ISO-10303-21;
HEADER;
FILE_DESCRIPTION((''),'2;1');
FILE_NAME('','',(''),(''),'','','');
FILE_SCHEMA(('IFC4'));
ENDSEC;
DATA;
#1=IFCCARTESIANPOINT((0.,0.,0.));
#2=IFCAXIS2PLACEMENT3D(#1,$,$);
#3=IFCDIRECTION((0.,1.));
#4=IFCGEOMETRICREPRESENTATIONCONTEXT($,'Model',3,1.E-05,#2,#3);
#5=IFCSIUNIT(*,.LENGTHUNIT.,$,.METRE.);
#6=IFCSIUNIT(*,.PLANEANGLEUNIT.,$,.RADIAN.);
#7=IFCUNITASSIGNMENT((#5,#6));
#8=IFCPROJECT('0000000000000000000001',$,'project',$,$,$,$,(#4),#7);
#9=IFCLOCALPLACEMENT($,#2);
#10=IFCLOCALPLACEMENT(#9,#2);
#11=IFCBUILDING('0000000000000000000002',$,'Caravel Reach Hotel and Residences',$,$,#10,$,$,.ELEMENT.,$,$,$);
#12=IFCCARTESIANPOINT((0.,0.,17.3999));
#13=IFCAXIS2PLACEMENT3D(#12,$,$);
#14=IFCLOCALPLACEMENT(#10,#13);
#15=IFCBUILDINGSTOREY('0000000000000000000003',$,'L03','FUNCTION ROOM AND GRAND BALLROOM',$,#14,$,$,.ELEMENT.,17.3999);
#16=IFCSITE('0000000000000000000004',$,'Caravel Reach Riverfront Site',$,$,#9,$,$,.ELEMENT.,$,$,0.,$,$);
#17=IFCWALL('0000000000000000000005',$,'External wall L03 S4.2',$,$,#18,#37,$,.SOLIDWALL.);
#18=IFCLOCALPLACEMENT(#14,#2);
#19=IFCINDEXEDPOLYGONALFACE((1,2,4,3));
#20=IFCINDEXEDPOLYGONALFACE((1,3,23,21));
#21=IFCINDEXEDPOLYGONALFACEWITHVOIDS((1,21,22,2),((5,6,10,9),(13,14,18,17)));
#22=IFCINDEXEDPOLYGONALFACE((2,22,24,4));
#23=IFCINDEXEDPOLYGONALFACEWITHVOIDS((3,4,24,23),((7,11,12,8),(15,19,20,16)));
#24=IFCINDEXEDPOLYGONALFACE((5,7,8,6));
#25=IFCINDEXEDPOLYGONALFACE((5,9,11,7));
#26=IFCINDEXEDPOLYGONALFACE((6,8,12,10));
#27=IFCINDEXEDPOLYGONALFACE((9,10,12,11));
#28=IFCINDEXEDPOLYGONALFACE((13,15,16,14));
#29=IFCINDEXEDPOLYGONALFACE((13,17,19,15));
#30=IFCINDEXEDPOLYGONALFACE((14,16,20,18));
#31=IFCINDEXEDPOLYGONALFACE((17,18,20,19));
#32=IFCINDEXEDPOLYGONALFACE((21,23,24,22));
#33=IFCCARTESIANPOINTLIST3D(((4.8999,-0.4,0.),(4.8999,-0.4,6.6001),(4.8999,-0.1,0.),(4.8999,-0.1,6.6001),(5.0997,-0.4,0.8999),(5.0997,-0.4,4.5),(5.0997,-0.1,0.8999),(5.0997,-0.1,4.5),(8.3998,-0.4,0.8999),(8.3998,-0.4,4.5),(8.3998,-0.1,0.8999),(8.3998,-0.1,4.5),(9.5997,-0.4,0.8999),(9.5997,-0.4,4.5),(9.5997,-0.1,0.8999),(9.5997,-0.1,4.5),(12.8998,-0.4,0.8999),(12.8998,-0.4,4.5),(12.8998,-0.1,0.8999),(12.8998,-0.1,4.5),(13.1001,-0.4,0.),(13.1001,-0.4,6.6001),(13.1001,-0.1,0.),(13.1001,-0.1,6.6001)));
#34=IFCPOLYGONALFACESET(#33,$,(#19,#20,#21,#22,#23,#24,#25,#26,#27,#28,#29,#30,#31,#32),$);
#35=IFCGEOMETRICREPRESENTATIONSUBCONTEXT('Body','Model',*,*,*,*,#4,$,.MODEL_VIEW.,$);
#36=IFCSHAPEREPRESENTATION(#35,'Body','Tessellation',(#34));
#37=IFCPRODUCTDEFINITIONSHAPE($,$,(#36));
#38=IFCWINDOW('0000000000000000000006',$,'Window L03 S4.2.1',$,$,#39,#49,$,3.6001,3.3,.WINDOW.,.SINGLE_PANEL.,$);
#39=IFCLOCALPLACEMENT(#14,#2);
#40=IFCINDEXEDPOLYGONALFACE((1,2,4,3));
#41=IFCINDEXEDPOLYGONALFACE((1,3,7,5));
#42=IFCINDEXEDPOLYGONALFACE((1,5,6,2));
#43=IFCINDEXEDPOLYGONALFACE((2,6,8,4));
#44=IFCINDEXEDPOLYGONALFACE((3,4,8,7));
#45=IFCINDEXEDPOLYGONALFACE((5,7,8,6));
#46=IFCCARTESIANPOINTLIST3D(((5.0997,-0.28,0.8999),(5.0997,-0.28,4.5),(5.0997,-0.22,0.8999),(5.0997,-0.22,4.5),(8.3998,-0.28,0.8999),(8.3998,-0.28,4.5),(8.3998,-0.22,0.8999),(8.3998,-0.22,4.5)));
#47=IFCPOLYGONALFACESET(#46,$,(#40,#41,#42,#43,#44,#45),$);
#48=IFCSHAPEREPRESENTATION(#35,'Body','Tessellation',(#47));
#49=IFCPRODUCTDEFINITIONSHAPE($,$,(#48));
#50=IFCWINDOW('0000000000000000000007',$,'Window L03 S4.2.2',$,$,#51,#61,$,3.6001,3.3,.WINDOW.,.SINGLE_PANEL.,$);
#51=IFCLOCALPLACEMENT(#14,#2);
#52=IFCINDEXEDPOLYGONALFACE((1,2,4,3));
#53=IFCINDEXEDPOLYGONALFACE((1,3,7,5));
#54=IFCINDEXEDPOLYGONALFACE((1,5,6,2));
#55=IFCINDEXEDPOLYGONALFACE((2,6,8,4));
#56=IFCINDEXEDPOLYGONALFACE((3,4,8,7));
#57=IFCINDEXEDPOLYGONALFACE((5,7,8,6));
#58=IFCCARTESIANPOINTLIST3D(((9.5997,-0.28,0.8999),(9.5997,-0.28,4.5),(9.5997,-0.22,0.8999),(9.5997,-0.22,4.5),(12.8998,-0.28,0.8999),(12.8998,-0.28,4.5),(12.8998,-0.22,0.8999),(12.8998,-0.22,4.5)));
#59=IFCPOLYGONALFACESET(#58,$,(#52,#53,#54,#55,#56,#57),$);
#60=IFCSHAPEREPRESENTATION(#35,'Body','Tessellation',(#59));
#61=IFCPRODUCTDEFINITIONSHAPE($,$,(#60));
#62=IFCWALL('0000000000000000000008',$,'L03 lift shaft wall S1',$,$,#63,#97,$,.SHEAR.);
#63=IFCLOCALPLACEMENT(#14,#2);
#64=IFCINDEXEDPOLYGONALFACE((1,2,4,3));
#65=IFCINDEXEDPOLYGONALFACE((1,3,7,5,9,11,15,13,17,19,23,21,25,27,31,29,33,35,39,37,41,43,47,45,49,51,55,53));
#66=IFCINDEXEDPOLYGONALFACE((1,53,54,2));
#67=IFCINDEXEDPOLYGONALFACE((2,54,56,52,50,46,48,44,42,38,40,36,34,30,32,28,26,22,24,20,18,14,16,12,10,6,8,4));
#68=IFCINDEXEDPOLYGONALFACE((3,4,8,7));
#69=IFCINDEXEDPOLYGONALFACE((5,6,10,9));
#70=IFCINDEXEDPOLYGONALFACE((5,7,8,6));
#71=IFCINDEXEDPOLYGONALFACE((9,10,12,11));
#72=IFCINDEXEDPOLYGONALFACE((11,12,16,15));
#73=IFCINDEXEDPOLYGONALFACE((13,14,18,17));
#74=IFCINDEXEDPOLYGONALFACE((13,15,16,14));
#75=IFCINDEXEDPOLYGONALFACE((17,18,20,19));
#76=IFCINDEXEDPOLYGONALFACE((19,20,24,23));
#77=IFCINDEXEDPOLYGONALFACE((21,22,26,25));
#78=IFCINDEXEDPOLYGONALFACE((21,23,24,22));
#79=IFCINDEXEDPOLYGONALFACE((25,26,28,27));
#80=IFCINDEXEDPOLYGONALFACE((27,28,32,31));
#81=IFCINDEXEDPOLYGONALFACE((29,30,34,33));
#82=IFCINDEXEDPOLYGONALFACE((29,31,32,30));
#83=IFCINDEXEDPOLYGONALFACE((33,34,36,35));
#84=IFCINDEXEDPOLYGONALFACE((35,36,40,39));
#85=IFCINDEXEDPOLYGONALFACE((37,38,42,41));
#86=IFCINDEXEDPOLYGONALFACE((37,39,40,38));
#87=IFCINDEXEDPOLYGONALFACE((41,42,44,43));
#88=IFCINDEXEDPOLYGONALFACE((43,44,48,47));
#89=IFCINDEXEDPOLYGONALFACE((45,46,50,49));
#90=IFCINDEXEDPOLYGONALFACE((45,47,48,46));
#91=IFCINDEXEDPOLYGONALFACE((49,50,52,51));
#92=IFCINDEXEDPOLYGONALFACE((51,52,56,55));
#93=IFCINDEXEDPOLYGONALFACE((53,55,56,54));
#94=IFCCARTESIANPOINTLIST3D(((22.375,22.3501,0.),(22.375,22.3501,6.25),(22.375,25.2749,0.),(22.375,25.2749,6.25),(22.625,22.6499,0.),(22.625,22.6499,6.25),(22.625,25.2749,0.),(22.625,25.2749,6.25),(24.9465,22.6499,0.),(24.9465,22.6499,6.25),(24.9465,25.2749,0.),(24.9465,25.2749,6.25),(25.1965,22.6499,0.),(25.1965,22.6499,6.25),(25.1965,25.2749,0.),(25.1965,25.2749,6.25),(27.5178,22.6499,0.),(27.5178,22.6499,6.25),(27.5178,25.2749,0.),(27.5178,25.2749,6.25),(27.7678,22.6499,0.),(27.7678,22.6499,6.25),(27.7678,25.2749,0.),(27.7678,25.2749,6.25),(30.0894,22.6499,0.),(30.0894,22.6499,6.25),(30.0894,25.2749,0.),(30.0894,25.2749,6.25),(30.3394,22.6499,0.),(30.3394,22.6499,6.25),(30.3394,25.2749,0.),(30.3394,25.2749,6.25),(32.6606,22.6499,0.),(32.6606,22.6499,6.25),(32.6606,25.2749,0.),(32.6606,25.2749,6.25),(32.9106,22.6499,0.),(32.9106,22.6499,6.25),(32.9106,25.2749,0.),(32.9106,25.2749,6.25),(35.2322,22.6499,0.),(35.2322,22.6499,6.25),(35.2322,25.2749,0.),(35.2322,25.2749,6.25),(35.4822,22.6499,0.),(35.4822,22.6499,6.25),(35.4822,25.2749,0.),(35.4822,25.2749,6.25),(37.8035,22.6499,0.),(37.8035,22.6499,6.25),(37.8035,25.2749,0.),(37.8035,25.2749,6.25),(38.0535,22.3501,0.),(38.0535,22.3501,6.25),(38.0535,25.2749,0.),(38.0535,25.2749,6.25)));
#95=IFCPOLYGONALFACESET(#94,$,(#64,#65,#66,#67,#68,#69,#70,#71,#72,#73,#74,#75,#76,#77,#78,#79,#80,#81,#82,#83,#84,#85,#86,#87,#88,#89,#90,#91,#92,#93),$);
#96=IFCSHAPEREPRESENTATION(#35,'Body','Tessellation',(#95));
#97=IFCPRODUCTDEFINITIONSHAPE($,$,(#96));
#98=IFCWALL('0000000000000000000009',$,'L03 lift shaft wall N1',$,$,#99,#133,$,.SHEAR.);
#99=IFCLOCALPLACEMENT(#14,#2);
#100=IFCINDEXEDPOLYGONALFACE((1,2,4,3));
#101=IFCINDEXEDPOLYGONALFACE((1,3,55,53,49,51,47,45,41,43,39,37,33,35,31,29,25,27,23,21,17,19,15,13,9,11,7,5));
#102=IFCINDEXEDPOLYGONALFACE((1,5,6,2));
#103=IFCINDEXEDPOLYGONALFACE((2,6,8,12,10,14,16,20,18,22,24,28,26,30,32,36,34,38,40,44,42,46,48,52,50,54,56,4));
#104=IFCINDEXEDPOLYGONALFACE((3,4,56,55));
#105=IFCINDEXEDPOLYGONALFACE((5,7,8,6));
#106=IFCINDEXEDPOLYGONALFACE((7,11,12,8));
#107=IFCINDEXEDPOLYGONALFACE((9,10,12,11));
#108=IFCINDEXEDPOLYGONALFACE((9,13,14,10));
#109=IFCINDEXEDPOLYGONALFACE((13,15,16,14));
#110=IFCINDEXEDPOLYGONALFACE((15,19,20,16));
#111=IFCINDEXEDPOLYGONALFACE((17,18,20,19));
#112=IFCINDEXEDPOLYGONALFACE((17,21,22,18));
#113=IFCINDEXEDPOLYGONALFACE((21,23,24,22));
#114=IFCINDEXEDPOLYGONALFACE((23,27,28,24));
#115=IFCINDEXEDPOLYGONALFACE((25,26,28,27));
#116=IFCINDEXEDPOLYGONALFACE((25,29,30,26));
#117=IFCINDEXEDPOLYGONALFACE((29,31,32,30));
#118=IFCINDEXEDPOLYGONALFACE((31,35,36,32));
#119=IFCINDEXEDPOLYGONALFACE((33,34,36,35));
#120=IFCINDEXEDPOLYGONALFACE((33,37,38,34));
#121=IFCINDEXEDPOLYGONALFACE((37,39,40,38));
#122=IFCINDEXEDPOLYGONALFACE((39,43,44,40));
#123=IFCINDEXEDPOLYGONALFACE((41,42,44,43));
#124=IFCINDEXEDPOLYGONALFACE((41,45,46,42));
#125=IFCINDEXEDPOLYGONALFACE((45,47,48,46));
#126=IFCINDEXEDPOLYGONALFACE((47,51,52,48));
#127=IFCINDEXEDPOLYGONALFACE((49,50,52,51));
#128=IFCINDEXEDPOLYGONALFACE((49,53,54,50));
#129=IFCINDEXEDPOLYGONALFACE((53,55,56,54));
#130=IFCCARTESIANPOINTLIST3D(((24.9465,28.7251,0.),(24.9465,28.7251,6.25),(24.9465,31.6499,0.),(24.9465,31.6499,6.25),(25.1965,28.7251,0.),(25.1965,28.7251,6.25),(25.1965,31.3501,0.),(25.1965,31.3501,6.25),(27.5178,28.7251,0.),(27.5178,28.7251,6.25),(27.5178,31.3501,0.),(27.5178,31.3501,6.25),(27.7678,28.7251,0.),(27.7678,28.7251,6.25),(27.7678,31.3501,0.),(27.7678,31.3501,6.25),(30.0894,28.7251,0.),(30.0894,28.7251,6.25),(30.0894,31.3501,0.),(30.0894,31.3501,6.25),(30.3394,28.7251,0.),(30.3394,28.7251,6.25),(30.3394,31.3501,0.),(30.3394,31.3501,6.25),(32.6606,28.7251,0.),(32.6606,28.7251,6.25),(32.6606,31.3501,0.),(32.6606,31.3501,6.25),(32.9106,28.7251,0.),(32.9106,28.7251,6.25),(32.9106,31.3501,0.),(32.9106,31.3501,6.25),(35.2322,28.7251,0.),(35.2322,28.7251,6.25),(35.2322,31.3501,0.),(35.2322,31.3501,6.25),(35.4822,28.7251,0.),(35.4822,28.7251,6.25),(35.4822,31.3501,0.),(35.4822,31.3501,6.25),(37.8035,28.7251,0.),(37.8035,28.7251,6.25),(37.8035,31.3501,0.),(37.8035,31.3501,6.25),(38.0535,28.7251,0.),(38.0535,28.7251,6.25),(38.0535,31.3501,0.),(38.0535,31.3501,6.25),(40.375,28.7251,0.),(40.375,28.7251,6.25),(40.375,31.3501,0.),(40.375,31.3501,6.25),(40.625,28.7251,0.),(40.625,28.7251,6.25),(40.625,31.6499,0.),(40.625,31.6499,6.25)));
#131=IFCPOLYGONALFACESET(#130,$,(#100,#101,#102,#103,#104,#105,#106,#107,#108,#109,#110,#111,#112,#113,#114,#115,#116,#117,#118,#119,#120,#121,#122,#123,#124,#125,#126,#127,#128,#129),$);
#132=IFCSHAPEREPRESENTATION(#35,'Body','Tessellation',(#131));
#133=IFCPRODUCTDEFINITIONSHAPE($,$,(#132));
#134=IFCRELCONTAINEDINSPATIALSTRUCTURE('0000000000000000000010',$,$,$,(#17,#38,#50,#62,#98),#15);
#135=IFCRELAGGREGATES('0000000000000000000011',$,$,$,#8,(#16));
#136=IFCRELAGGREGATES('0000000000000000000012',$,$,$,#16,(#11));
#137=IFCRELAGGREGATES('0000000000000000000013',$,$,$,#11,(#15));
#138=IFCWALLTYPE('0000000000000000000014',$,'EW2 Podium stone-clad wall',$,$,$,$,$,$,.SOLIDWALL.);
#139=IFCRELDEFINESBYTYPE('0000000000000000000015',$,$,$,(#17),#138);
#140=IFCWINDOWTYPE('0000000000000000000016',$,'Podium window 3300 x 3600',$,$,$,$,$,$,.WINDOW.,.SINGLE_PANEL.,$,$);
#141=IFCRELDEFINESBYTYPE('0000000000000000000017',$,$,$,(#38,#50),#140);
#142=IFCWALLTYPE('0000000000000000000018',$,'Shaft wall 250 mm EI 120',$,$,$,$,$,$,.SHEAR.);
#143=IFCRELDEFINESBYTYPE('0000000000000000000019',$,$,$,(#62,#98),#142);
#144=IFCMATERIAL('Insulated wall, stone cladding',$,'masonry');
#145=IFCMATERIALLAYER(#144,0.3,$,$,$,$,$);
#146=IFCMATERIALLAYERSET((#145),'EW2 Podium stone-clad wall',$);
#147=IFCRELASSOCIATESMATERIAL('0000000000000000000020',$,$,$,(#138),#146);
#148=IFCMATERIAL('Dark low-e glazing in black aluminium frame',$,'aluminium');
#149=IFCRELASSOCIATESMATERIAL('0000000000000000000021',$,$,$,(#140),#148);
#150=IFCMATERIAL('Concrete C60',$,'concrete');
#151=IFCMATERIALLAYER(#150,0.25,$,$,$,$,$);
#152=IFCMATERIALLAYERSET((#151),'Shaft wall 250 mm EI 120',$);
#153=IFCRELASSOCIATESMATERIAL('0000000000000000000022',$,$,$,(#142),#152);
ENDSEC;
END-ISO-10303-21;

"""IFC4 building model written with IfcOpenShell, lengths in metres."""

from ifc_helpers import new_model, si_unit, direction, frame, frame_2d, origin, place, context, subcontext, project, spatial, polyline, rectangle, outline, extrude, material, layer, layer_set, type_object, element, fill, save


model = new_model("IFC4")

# Units and contexts
model_context = context("Model", 3, precision=1e-05, world=origin(), true_north=direction((0.0, 1.0)))
body_context = subcontext(model_context, "Body", "Model", "MODEL_VIEW")
ifc_project = project(units=[si_unit("LENGTHUNIT", "METRE"), si_unit("PLANEANGLEUNIT", "RADIAN")], contexts=[model_context])

# Site, building, storey
site_placement = place(None, origin())
site = spatial("IfcSite", under=ifc_project, at=site_placement, Name="Caravel Reach Riverfront Site", CompositionType="ELEMENT", RefElevation=0.0)
building_placement = place(site_placement, origin())
building = spatial("IfcBuilding", under=site, at=building_placement, Name="Caravel Reach Hotel and Residences", CompositionType="ELEMENT")
storey_placement = place(building_placement, frame((0.0, 0.0, 17.3999)))
storey = spatial("IfcBuildingStorey", under=building, at=storey_placement, Name="L03", Description="FUNCTION ROOM AND GRAND BALLROOM", CompositionType="ELEMENT", Elevation=17.3999)

# Wall, openings, windows
ifc_material_1 = material(Name="Insulated wall, stone cladding", Category="masonry")
ifc_layer_1 = layer(ifc_material_1, 0.3)
ifc_layer_set_1 = layer_set([ifc_layer_1], Name="EW2 Podium stone-clad wall")
wall_type_1 = type_object("IfcWallType", Name="EW2 Podium stone-clad wall", PredefinedType="SOLIDWALL", material=ifc_layer_set_1)
ifc_material_2 = material(Name="Dark low-e glazing in black aluminium frame", Category="aluminium")
window_type = type_object("IfcWindowType", Name="Podium window 3300 x 3600", PartitioningType="SINGLE_PANEL", PredefinedType="WINDOW", material=ifc_material_2)
wall_1_placement = place(storey_placement, frame((4.8999, -0.25, 0.0), z_axis=(0.0, 0.0, 1.0), x_axis=(1.0, 0.0, 0.0)))
wall_1 = element("IfcWall", 1, at=wall_1_placement, inside=storey, type_object=wall_type_1, Name="External wall L03 S4.2", PredefinedType="SOLIDWALL", context=body_context, shape_type="SweptSolid", body=[
    extrude(rectangle(XDim=8.2002, YDim=0.3, at=frame_2d((4.1001, 0.0))), origin(), (0.0, 0.0, 1.0), 6.6001),
])
opening_1_placement = place(wall_1_placement, frame((0.2, 0.0, 0.8999)))
opening_1 = element("IfcOpeningElement", 2, at=opening_1_placement, cuts=wall_1, PredefinedType="OPENING", context=body_context, shape_type="SweptSolid", body=[
    extrude(rectangle(XDim=3.3, YDim=3.6001, at=frame_2d((1.6499, 1.8))), frame((0.0, 0.1599, 0.0), z_axis=(0.0, -1.0, 0.0), x_axis=(1.0, 0.0, 0.0)), (0.0, 0.0, 1.0), 0.3201),
])
opening_2_placement = place(wall_1_placement, frame((4.7, 0.0, 0.8999)))
opening_2 = element("IfcOpeningElement", 3, at=opening_2_placement, cuts=wall_1, PredefinedType="OPENING", context=body_context, shape_type="SweptSolid", body=[
    extrude(rectangle(XDim=3.3, YDim=3.6001, at=frame_2d((1.6499, 1.8))), frame((0.0, 0.1599, 0.0), z_axis=(0.0, -1.0, 0.0), x_axis=(1.0, 0.0, 0.0)), (0.0, 0.0, 1.0), 0.3201),
])
window_1_placement = place(opening_1_placement, origin())
window_1 = element("IfcWindow", 4, at=window_1_placement, inside=storey, type_object=window_type, Name="Window L03 S4.2.1", OverallHeight=3.6001, OverallWidth=3.3, PartitioningType="SINGLE_PANEL", PredefinedType="WINDOW", context=body_context, shape_type="SweptSolid", body=[
    extrude(rectangle(XDim=3.3, YDim=3.6001, at=frame_2d((1.6499, 1.8))), frame((0.0, 0.03, 0.0), z_axis=(0.0, -1.0, 0.0), x_axis=(1.0, 0.0, 0.0)), (0.0, 0.0, 1.0), 0.0601),
])
fill(opening_1, window_1)
window_2_placement = place(opening_2_placement, origin())
window_2 = element("IfcWindow", 5, at=window_2_placement, inside=storey, type_object=window_type, Name="Window L03 S4.2.2", OverallHeight=3.6001, OverallWidth=3.3, PartitioningType="SINGLE_PANEL", PredefinedType="WINDOW", context=body_context, shape_type="SweptSolid", body=[
    extrude(rectangle(XDim=3.3, YDim=3.6001, at=frame_2d((1.6499, 1.8))), frame((0.0, 0.03, 0.0), z_axis=(0.0, -1.0, 0.0), x_axis=(1.0, 0.0, 0.0)), (0.0, 0.0, 1.0), 0.0601),
])
fill(opening_2, window_2)

# Walls
ifc_material_3 = material(Name="Concrete C60", Category="concrete")
ifc_layer_2 = layer(ifc_material_3, 0.25)
ifc_layer_set_2 = layer_set([ifc_layer_2], Name="Shaft wall 250 mm EI 120")
wall_type_2 = type_object("IfcWallType", Name="Shaft wall 250 mm EI 120", PredefinedType="SHEAR", material=ifc_layer_set_2)
wall_2_placement = place(storey_placement, origin())
element("IfcWall", 6, at=wall_2_placement, inside=storey, type_object=wall_type_2, Name="L03 lift shaft wall S1", PredefinedType="SHEAR", context=body_context, shape_type="SweptSolid", body=[
    extrude(outline(polyline([(22.375, 22.3501), (38.0535, 22.3501), (38.0535, 25.2749), (37.8035, 25.2749), (37.8035, 22.6499), (35.4822, 22.6499), (35.4822, 25.2749), (35.2322, 25.2749), (35.2322, 22.6499), (32.9106, 22.6499), (32.9106, 25.2749), (32.6606, 25.2749), (32.6606, 22.6499), (30.3394, 22.6499), (30.3394, 25.2749), (30.0894, 25.2749), (30.0894, 22.6499), (27.7678, 22.6499), (27.7678, 25.2749), (27.5178, 25.2749), (27.5178, 22.6499), (25.1965, 22.6499), (25.1965, 25.2749), (24.9465, 25.2749), (24.9465, 22.6499), (22.625, 22.6499), (22.625, 25.2749), (22.375, 25.2749), (22.375, 22.3501)])), origin(), (0.0, 0.0, 1.0), 6.25),
])
wall_3_placement = place(storey_placement, origin())
element("IfcWall", 7, at=wall_3_placement, inside=storey, type_object=wall_type_2, Name="L03 lift shaft wall N1", PredefinedType="SHEAR", context=body_context, shape_type="SweptSolid", body=[
    extrude(outline(polyline([(24.9465, 28.7251), (25.1965, 28.7251), (25.1965, 31.3501), (27.5178, 31.3501), (27.5178, 28.7251), (27.7678, 28.7251), (27.7678, 31.3501), (30.0894, 31.3501), (30.0894, 28.7251), (30.3394, 28.7251), (30.3394, 31.3501), (32.6606, 31.3501), (32.6606, 28.7251), (32.9106, 28.7251), (32.9106, 31.3501), (35.2322, 31.3501), (35.2322, 28.7251), (35.4822, 28.7251), (35.4822, 31.3501), (37.8035, 31.3501), (37.8035, 28.7251), (38.0535, 28.7251), (38.0535, 31.3501), (40.375, 31.3501), (40.375, 28.7251), (40.625, 28.7251), (40.625, 31.6499), (24.9465, 31.6499), (24.9465, 28.7251)])), origin(), (0.0, 0.0, 1.0), 6.25),
])

save(model, "model.ifc")
